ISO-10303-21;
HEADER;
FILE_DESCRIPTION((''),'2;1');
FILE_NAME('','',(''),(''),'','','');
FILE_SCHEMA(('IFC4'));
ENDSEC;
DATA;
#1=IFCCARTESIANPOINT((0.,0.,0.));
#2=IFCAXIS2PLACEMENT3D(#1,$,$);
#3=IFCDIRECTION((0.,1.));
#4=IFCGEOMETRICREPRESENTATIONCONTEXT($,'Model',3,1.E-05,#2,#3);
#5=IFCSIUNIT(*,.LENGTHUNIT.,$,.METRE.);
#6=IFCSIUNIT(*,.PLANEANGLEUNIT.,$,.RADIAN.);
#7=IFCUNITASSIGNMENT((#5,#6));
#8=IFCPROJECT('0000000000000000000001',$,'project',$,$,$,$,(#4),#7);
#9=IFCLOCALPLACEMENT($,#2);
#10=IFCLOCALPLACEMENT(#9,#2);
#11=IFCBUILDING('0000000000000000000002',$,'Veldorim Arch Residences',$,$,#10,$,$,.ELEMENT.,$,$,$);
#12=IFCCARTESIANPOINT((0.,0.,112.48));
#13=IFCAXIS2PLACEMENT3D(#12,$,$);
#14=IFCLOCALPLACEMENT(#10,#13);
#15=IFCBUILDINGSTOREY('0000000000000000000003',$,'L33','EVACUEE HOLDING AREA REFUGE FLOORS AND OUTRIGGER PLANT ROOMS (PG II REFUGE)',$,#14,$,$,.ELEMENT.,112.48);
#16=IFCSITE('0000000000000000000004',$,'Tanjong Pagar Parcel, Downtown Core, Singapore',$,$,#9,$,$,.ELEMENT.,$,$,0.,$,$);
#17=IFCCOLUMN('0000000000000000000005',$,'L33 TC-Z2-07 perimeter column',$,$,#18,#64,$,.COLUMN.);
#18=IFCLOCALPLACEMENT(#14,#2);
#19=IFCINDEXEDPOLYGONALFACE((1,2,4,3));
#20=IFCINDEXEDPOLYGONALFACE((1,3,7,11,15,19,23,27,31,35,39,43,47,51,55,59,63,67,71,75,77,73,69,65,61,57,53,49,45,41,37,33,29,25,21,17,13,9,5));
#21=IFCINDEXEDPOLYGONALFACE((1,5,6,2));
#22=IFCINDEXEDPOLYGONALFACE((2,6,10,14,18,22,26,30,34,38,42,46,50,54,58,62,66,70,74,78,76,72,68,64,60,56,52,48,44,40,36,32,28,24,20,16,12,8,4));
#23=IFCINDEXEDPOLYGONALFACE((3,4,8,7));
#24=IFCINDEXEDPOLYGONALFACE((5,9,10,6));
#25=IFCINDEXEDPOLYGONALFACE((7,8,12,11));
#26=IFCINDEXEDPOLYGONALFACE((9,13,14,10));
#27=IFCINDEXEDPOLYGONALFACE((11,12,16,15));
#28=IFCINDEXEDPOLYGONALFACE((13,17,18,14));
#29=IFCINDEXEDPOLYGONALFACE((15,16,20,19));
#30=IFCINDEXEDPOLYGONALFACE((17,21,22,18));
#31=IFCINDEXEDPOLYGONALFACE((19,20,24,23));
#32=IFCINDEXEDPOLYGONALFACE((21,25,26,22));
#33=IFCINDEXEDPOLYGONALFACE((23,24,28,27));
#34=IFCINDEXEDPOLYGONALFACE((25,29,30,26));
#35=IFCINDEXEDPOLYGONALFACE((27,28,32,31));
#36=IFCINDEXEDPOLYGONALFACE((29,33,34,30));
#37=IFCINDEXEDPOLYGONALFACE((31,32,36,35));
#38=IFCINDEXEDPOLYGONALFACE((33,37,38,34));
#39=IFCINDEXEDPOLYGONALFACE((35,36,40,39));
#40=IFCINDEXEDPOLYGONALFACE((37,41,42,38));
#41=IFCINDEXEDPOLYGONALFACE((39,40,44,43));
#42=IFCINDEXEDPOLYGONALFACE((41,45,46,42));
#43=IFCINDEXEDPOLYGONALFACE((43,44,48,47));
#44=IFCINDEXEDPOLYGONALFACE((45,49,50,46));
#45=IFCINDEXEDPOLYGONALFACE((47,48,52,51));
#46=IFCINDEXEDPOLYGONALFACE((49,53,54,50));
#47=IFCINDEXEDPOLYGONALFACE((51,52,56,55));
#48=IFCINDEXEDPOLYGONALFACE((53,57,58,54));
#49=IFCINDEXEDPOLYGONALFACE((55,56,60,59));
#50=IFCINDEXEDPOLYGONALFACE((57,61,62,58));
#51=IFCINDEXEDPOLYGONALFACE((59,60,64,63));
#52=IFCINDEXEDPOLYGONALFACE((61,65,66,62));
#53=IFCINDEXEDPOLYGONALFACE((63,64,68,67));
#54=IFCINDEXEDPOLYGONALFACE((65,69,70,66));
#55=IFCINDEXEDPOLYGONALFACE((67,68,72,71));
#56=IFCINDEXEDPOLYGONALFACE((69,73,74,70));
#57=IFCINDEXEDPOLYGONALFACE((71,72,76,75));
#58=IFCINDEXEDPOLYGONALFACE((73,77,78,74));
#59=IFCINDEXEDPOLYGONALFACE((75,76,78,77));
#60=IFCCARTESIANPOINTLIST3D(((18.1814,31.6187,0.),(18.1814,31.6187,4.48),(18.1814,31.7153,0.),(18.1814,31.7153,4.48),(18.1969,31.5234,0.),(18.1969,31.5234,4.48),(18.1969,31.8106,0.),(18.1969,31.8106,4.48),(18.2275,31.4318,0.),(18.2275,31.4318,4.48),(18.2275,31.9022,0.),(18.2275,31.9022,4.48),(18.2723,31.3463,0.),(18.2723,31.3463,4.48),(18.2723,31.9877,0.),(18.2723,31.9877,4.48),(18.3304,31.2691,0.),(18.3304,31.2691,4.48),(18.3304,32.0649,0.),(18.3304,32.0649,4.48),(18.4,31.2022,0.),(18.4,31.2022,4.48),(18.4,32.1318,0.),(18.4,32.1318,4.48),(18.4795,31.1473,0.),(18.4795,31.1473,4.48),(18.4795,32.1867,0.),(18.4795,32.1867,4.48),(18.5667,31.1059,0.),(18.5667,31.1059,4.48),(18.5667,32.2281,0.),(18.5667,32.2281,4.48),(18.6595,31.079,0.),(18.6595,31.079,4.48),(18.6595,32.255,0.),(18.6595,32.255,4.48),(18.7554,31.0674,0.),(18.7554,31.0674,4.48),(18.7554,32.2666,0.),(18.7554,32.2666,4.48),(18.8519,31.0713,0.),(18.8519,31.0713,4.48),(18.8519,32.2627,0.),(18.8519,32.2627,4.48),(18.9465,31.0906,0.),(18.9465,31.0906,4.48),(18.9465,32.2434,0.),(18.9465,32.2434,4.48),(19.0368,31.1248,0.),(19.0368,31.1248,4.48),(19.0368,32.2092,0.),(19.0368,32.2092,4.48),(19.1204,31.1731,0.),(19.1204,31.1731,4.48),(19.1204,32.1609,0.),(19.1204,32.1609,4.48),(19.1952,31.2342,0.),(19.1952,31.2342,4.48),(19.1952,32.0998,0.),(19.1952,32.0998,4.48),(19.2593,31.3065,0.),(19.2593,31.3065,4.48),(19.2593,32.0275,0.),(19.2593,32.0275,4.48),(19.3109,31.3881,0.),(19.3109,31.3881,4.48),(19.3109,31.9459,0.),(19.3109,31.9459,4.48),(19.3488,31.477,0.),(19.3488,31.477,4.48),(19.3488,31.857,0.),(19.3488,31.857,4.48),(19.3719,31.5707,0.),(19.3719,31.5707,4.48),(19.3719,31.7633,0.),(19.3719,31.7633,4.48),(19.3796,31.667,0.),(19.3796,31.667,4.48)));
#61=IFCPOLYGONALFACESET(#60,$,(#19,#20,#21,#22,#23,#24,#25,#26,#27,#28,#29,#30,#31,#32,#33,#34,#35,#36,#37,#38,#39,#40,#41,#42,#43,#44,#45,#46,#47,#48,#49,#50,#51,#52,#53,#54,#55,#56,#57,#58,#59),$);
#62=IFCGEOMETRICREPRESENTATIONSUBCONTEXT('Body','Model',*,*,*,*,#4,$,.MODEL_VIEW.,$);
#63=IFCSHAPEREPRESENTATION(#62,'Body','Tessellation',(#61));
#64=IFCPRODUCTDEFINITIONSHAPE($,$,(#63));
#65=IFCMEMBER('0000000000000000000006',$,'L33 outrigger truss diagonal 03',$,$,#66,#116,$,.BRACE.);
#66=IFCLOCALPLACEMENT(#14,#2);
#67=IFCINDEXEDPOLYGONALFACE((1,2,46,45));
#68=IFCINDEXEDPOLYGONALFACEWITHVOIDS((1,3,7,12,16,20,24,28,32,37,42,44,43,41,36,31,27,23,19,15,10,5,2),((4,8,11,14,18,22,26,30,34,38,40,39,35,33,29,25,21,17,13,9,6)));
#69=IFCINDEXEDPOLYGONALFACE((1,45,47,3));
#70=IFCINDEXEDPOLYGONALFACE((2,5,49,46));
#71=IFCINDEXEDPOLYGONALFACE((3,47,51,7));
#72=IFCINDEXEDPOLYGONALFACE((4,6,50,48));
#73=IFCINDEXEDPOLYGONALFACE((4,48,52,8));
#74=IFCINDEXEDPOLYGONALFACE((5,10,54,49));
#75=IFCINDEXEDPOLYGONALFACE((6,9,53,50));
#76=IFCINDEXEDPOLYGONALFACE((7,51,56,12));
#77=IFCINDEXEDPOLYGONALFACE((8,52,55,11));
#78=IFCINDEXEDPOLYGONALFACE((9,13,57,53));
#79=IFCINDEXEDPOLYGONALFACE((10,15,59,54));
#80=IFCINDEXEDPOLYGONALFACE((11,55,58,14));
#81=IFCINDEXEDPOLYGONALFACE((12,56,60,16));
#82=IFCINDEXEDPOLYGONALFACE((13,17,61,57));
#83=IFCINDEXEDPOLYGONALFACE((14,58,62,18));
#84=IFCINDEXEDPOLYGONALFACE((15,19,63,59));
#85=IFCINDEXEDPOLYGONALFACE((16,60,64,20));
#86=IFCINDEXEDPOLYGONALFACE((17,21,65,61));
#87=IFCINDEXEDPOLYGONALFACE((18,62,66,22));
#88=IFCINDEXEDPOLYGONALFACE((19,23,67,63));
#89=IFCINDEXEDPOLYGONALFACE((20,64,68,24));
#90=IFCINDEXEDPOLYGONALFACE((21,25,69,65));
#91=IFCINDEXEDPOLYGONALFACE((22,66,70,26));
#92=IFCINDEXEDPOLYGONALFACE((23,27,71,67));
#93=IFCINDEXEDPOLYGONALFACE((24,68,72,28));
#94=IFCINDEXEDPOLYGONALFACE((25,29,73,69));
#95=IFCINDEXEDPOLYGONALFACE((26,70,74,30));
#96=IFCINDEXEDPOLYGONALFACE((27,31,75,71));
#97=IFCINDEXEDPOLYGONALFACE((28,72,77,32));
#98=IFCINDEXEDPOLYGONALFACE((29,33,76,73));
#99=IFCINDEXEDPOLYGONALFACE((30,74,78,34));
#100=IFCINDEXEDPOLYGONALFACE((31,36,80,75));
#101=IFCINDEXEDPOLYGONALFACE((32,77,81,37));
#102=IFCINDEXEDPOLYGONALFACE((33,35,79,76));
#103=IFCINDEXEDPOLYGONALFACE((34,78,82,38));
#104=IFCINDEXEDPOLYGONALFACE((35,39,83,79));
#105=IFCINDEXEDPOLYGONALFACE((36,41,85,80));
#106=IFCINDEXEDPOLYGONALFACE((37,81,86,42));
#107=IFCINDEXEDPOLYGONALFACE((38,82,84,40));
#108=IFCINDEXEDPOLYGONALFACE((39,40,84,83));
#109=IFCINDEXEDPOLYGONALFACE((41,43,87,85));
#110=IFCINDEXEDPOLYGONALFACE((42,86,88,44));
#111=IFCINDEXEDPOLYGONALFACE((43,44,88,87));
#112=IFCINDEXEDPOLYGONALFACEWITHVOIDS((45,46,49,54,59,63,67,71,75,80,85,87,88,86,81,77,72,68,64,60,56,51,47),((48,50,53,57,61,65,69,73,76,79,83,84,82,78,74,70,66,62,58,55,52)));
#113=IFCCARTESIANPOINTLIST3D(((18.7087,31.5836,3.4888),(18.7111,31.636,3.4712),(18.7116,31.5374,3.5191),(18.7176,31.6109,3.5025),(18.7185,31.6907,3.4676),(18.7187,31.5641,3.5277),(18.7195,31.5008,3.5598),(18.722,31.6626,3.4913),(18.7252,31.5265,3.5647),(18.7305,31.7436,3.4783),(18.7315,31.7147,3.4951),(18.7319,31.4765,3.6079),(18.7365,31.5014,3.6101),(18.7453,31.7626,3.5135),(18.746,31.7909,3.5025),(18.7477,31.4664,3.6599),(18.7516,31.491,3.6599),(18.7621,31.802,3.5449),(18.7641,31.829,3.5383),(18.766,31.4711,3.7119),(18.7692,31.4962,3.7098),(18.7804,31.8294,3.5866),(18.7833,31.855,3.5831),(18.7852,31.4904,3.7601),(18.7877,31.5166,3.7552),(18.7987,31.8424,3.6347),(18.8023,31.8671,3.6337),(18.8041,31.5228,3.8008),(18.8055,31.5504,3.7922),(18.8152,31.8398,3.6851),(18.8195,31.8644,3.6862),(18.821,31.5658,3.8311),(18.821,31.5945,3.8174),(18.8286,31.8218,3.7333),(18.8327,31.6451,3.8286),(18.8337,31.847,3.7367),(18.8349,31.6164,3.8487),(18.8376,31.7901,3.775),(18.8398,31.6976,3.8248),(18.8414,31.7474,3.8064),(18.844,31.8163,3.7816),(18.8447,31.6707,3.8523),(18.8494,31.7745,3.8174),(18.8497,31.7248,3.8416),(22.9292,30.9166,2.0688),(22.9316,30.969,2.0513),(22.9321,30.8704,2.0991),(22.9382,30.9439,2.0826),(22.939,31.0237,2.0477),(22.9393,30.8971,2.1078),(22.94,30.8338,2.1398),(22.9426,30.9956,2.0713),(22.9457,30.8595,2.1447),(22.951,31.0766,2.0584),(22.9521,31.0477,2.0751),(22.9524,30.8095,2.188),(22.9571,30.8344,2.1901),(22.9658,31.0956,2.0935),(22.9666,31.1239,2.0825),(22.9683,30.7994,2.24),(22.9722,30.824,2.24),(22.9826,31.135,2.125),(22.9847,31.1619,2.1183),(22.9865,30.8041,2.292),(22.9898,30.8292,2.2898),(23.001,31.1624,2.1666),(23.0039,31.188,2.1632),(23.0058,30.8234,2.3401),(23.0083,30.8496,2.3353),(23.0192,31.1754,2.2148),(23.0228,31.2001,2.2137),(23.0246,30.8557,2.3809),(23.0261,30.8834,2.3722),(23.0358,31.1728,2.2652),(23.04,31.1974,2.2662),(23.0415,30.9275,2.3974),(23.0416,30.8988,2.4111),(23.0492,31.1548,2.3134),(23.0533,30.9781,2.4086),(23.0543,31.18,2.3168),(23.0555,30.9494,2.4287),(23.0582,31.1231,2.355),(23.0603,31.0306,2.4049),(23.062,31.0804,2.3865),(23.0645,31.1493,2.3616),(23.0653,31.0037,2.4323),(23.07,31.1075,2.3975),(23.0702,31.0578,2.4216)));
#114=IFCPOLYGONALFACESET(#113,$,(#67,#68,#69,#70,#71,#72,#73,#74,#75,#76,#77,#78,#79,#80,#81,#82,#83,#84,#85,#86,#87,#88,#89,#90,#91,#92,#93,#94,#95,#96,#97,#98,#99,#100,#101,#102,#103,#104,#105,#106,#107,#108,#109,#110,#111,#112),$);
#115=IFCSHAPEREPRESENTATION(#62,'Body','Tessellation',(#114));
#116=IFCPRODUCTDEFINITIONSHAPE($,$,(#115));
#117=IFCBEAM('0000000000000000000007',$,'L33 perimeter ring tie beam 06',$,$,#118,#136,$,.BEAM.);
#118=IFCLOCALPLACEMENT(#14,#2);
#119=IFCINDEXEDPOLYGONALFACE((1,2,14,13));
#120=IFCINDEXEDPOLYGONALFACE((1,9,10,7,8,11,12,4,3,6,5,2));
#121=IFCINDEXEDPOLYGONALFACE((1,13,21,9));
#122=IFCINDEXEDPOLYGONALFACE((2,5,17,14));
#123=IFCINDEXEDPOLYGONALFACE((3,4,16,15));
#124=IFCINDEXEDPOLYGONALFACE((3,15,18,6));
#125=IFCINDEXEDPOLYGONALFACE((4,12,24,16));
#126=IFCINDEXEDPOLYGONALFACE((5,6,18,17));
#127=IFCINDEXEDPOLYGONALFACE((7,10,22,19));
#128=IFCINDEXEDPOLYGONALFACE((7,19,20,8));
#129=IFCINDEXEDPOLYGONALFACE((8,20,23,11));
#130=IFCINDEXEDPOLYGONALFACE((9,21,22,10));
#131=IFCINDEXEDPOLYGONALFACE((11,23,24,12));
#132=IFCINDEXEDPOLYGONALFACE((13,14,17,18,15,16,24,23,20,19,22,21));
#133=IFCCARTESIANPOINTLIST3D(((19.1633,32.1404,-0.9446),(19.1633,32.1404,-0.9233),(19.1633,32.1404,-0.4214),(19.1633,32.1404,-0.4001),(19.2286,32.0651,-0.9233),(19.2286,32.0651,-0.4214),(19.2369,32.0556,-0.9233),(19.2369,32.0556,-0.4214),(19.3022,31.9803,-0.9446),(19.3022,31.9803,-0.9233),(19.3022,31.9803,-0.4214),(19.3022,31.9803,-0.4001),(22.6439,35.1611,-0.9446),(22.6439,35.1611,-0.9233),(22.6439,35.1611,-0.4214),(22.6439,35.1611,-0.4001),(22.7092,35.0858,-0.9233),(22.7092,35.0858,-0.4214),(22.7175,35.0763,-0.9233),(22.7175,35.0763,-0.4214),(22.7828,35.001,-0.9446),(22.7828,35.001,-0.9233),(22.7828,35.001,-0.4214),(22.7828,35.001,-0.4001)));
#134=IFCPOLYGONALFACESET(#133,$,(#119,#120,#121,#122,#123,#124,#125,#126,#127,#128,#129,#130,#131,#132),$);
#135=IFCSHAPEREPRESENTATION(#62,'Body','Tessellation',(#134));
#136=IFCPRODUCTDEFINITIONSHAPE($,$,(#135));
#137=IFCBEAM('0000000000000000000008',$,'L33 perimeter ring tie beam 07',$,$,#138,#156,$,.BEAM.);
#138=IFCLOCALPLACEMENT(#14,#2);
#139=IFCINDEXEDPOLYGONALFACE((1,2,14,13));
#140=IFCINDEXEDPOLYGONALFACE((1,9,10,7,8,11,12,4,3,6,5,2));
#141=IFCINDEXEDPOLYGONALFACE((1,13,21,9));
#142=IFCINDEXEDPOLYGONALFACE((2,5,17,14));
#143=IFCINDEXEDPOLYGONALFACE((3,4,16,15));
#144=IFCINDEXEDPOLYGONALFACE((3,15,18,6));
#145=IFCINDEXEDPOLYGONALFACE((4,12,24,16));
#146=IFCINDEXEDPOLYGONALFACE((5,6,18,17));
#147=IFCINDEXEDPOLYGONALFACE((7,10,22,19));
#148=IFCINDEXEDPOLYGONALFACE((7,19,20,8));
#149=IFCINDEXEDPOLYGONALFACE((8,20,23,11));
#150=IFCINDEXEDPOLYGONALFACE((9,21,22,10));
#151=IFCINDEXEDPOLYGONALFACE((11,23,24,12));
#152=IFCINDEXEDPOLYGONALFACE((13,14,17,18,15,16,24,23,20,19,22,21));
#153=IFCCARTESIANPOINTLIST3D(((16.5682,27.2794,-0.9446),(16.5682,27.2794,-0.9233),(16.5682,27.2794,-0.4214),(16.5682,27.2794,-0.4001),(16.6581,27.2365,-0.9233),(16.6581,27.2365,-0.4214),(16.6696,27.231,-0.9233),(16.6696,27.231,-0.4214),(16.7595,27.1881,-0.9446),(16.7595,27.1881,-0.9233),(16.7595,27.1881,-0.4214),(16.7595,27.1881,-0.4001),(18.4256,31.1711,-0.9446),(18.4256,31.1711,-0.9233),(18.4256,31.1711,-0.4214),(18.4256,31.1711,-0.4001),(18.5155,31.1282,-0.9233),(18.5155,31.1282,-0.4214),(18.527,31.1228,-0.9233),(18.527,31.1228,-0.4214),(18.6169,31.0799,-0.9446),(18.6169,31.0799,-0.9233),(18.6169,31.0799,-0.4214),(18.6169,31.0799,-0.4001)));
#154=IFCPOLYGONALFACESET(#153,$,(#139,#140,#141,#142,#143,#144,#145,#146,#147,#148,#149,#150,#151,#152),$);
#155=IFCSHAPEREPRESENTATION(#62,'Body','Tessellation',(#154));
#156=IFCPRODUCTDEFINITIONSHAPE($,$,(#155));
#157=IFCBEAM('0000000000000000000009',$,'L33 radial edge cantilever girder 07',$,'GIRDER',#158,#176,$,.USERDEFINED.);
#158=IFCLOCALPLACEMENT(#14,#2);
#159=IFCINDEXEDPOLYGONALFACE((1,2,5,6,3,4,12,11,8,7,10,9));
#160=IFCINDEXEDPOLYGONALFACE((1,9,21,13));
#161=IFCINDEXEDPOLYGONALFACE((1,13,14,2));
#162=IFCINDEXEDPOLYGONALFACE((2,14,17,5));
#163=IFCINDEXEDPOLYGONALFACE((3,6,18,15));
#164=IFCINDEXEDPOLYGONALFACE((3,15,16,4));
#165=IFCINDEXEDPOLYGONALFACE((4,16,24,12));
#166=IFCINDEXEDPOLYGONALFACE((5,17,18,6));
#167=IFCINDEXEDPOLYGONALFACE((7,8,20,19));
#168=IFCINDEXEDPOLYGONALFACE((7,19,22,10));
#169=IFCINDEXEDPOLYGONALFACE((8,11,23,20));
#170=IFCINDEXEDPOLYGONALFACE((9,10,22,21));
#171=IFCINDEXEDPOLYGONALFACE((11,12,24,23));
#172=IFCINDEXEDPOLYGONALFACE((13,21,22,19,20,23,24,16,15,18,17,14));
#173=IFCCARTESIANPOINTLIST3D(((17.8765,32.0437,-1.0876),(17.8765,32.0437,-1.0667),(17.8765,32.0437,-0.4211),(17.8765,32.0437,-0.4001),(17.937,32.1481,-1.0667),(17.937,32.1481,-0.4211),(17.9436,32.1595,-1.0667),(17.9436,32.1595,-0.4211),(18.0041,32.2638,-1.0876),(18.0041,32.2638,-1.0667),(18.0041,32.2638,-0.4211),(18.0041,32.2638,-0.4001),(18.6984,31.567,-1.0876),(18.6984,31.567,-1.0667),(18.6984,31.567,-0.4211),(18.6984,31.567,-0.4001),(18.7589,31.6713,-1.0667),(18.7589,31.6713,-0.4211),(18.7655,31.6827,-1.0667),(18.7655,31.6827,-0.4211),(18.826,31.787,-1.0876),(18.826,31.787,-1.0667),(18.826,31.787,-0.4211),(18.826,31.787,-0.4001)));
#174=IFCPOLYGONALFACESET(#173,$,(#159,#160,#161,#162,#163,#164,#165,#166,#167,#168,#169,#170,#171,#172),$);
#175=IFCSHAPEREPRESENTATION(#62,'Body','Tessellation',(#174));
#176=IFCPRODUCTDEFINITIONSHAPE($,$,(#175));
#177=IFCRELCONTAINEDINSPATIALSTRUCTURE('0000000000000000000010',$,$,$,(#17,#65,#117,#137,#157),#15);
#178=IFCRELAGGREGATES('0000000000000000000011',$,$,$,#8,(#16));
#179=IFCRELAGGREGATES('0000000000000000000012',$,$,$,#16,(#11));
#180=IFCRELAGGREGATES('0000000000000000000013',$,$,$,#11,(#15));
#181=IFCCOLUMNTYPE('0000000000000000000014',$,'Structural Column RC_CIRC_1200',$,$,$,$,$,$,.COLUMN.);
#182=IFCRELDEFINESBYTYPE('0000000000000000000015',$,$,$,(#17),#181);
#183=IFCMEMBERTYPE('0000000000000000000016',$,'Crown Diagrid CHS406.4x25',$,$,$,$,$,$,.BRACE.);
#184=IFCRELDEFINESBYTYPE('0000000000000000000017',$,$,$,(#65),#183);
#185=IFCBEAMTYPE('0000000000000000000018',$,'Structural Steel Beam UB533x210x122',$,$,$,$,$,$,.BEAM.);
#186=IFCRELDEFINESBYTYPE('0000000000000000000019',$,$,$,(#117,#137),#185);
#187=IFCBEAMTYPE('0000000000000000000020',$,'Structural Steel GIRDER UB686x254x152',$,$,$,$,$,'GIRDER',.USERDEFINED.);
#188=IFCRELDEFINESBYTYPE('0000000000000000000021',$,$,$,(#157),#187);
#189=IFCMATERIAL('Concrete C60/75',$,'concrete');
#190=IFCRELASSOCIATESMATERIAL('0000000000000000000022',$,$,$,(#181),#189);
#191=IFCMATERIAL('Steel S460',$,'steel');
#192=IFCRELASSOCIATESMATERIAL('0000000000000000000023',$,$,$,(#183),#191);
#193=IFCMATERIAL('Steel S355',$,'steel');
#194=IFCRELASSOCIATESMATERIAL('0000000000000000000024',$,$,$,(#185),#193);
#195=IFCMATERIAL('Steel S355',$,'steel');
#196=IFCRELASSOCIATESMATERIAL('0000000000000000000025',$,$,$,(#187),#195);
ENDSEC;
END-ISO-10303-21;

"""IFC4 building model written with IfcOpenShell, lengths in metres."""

from ifc_helpers import new_model, si_unit, direction, frame, origin, origin_2d, place, context, subcontext, project, spatial, circle, hollow_circle, i_section, extrude, material, material_profile, profile_set, type_object, element, save


model = new_model("IFC4")

# Units and contexts
model_context = context("Model", 3, precision=1e-05, world=origin(), true_north=direction((0.0, 1.0)))
body_context = subcontext(model_context, "Body", "Model", "MODEL_VIEW")
ifc_project = project(units=[si_unit("LENGTHUNIT", "METRE"), si_unit("PLANEANGLEUNIT", "RADIAN")], contexts=[model_context])

# Site, building, storey
site_placement = place(None, origin())
site = spatial("IfcSite", under=ifc_project, at=site_placement, Name="Tanjong Pagar Parcel, Downtown Core, Singapore", CompositionType="ELEMENT", RefElevation=0.0)
building_placement = place(site_placement, origin())
building = spatial("IfcBuilding", under=site, at=building_placement, Name="Veldorim Arch Residences", CompositionType="ELEMENT")
storey_placement = place(building_placement, frame((0.0, 0.0, 112.48)))
storey = spatial("IfcBuildingStorey", under=building, at=storey_placement, Name="L33", Description="EVACUEE HOLDING AREA REFUGE FLOORS AND OUTRIGGER PLANT ROOMS (PG II REFUGE)", CompositionType="ELEMENT", Elevation=112.48)

# Column
ifc_material_1 = material(Name="Concrete C60/75", Category="concrete")
ifc_material_profile_1 = material_profile(ifc_material_1, circle(Radius=0.6001, at=origin_2d()), Name="RC_CIRC_1200")
ifc_profile_set_1 = profile_set([ifc_material_profile_1], Name="Concrete C60/75")
column_type = type_object("IfcColumnType", Name="Structural Column RC_CIRC_1200", PredefinedType="COLUMN", material=ifc_profile_set_1)
column_placement = place(storey_placement, frame((18.7795, 31.667, 0.0), z_axis=(0.0, 0.0, 1.0), x_axis=(1.0, 0.0, 0.0)))
element("IfcColumn", 1, at=column_placement, inside=storey, type_object=column_type, Name="L33 TC-Z2-07 perimeter column", PredefinedType="COLUMN", context=body_context, shape_type="SweptSolid", body=[
    extrude(circle(Radius=0.6001, at=origin_2d()), origin(), (0.0, 0.0, 1.0), 4.48),
])

# Member
ifc_material_2 = material(Name="Steel S460", Category="steel")
ifc_material_profile_2 = material_profile(ifc_material_2, hollow_circle(Radius=0.2031, WallThickness=0.0249, at=origin_2d()), Name="CHS406.4x25")
ifc_profile_set_2 = profile_set([ifc_material_profile_2], Name="Steel S460")
member_type_1 = type_object("IfcMemberType", Name="Crown Diagrid CHS406.4x25", PredefinedType="BRACE", material=ifc_profile_set_2)
member_1_placement = place(storey_placement, frame((23.0, 31.0, 2.24), z_axis=(-0.93734, 0.148135, 0.315357), x_axis=(-0.1561, -0.987741, 0.0)))
element("IfcMember", 2, at=member_1_placement, inside=storey, type_object=member_type_1, Name="L33 outrigger truss diagonal 03", PredefinedType="BRACE", context=body_context, shape_type="SweptSolid", body=[
    extrude(hollow_circle(Radius=0.2031, WallThickness=0.0249, at=origin_2d()), origin(), (0.0, 0.0, 1.0), 4.5027),
])

# Beams
ifc_material_3 = material(Name="Steel S355", Category="steel")
ifc_material_profile_3 = material_profile(ifc_material_3, i_section(OverallWidth=0.2119, OverallDepth=0.5444, WebThickness=0.0127, FlangeThickness=0.0212, at=origin_2d()), Name="UB533x210x122")
ifc_profile_set_3 = profile_set([ifc_material_profile_3], Name="Steel S355")
beam_type_1 = type_object("IfcBeamType", Name="Structural Steel Beam UB533x210x122", PredefinedType="BEAM", material=ifc_profile_set_3)
beam_1_placement = place(storey_placement, frame((22.7134, 35.0811, -0.6724), z_axis=(-0.755245, -0.655443, 0.0), x_axis=(0.655443, -0.755245, 0.0)))
element("IfcBeam", 3, at=beam_1_placement, inside=storey, type_object=beam_type_1, Name="L33 perimeter ring tie beam 06", PredefinedType="BEAM", context=body_context, shape_type="SweptSolid", body=[
    extrude(i_section(OverallWidth=0.2119, OverallDepth=0.5444, WebThickness=0.0127, FlangeThickness=0.0212, at=origin_2d()), origin(), (0.0, 0.0, 1.0), 4.6086),
])
beam_2_placement = place(storey_placement, frame((18.5212, 31.1255, -0.6724), z_axis=(-0.43072, -0.902486, 0.0), x_axis=(0.902486, -0.43072, 0.0)))
element("IfcBeam", 4, at=beam_2_placement, inside=storey, type_object=beam_type_1, Name="L33 perimeter ring tie beam 07", PredefinedType="BEAM", context=body_context, shape_type="SweptSolid", body=[
    extrude(i_section(OverallWidth=0.2119, OverallDepth=0.5444, WebThickness=0.0127, FlangeThickness=0.0212, at=origin_2d()), origin(), (0.0, 0.0, 1.0), 4.3123),
])
ifc_material_4 = material(Name="Steel S355", Category="steel")
ifc_material_profile_4 = material_profile(ifc_material_4, i_section(OverallWidth=0.2544, OverallDepth=0.6875, WebThickness=0.0132, FlangeThickness=0.021, at=origin_2d()), Name="UB686x254x152")
ifc_profile_set_4 = profile_set([ifc_material_profile_4], Name="Steel S355")
beam_type_2 = type_object("IfcBeamType", Name="Structural Steel GIRDER UB686x254x152", ElementType="GIRDER", PredefinedType="USERDEFINED", material=ifc_profile_set_4)
beam_3_placement = place(storey_placement, frame((18.7622, 31.677, -0.7439), z_axis=(-0.865016, 0.501745, 0.0), x_axis=(-0.501745, -0.865016, 0.0)))
element("IfcBeam", 5, at=beam_3_placement, inside=storey, type_object=beam_type_2, Name="L33 radial edge cantilever girder 07", ObjectType="GIRDER", PredefinedType="USERDEFINED", context=body_context, shape_type="SweptSolid", body=[
    extrude(i_section(OverallWidth=0.2544, OverallDepth=0.6875, WebThickness=0.0132, FlangeThickness=0.021, at=origin_2d()), origin(), (0.0, 0.0, 1.0), 0.9502),
])

save(model, "model.ifc")
